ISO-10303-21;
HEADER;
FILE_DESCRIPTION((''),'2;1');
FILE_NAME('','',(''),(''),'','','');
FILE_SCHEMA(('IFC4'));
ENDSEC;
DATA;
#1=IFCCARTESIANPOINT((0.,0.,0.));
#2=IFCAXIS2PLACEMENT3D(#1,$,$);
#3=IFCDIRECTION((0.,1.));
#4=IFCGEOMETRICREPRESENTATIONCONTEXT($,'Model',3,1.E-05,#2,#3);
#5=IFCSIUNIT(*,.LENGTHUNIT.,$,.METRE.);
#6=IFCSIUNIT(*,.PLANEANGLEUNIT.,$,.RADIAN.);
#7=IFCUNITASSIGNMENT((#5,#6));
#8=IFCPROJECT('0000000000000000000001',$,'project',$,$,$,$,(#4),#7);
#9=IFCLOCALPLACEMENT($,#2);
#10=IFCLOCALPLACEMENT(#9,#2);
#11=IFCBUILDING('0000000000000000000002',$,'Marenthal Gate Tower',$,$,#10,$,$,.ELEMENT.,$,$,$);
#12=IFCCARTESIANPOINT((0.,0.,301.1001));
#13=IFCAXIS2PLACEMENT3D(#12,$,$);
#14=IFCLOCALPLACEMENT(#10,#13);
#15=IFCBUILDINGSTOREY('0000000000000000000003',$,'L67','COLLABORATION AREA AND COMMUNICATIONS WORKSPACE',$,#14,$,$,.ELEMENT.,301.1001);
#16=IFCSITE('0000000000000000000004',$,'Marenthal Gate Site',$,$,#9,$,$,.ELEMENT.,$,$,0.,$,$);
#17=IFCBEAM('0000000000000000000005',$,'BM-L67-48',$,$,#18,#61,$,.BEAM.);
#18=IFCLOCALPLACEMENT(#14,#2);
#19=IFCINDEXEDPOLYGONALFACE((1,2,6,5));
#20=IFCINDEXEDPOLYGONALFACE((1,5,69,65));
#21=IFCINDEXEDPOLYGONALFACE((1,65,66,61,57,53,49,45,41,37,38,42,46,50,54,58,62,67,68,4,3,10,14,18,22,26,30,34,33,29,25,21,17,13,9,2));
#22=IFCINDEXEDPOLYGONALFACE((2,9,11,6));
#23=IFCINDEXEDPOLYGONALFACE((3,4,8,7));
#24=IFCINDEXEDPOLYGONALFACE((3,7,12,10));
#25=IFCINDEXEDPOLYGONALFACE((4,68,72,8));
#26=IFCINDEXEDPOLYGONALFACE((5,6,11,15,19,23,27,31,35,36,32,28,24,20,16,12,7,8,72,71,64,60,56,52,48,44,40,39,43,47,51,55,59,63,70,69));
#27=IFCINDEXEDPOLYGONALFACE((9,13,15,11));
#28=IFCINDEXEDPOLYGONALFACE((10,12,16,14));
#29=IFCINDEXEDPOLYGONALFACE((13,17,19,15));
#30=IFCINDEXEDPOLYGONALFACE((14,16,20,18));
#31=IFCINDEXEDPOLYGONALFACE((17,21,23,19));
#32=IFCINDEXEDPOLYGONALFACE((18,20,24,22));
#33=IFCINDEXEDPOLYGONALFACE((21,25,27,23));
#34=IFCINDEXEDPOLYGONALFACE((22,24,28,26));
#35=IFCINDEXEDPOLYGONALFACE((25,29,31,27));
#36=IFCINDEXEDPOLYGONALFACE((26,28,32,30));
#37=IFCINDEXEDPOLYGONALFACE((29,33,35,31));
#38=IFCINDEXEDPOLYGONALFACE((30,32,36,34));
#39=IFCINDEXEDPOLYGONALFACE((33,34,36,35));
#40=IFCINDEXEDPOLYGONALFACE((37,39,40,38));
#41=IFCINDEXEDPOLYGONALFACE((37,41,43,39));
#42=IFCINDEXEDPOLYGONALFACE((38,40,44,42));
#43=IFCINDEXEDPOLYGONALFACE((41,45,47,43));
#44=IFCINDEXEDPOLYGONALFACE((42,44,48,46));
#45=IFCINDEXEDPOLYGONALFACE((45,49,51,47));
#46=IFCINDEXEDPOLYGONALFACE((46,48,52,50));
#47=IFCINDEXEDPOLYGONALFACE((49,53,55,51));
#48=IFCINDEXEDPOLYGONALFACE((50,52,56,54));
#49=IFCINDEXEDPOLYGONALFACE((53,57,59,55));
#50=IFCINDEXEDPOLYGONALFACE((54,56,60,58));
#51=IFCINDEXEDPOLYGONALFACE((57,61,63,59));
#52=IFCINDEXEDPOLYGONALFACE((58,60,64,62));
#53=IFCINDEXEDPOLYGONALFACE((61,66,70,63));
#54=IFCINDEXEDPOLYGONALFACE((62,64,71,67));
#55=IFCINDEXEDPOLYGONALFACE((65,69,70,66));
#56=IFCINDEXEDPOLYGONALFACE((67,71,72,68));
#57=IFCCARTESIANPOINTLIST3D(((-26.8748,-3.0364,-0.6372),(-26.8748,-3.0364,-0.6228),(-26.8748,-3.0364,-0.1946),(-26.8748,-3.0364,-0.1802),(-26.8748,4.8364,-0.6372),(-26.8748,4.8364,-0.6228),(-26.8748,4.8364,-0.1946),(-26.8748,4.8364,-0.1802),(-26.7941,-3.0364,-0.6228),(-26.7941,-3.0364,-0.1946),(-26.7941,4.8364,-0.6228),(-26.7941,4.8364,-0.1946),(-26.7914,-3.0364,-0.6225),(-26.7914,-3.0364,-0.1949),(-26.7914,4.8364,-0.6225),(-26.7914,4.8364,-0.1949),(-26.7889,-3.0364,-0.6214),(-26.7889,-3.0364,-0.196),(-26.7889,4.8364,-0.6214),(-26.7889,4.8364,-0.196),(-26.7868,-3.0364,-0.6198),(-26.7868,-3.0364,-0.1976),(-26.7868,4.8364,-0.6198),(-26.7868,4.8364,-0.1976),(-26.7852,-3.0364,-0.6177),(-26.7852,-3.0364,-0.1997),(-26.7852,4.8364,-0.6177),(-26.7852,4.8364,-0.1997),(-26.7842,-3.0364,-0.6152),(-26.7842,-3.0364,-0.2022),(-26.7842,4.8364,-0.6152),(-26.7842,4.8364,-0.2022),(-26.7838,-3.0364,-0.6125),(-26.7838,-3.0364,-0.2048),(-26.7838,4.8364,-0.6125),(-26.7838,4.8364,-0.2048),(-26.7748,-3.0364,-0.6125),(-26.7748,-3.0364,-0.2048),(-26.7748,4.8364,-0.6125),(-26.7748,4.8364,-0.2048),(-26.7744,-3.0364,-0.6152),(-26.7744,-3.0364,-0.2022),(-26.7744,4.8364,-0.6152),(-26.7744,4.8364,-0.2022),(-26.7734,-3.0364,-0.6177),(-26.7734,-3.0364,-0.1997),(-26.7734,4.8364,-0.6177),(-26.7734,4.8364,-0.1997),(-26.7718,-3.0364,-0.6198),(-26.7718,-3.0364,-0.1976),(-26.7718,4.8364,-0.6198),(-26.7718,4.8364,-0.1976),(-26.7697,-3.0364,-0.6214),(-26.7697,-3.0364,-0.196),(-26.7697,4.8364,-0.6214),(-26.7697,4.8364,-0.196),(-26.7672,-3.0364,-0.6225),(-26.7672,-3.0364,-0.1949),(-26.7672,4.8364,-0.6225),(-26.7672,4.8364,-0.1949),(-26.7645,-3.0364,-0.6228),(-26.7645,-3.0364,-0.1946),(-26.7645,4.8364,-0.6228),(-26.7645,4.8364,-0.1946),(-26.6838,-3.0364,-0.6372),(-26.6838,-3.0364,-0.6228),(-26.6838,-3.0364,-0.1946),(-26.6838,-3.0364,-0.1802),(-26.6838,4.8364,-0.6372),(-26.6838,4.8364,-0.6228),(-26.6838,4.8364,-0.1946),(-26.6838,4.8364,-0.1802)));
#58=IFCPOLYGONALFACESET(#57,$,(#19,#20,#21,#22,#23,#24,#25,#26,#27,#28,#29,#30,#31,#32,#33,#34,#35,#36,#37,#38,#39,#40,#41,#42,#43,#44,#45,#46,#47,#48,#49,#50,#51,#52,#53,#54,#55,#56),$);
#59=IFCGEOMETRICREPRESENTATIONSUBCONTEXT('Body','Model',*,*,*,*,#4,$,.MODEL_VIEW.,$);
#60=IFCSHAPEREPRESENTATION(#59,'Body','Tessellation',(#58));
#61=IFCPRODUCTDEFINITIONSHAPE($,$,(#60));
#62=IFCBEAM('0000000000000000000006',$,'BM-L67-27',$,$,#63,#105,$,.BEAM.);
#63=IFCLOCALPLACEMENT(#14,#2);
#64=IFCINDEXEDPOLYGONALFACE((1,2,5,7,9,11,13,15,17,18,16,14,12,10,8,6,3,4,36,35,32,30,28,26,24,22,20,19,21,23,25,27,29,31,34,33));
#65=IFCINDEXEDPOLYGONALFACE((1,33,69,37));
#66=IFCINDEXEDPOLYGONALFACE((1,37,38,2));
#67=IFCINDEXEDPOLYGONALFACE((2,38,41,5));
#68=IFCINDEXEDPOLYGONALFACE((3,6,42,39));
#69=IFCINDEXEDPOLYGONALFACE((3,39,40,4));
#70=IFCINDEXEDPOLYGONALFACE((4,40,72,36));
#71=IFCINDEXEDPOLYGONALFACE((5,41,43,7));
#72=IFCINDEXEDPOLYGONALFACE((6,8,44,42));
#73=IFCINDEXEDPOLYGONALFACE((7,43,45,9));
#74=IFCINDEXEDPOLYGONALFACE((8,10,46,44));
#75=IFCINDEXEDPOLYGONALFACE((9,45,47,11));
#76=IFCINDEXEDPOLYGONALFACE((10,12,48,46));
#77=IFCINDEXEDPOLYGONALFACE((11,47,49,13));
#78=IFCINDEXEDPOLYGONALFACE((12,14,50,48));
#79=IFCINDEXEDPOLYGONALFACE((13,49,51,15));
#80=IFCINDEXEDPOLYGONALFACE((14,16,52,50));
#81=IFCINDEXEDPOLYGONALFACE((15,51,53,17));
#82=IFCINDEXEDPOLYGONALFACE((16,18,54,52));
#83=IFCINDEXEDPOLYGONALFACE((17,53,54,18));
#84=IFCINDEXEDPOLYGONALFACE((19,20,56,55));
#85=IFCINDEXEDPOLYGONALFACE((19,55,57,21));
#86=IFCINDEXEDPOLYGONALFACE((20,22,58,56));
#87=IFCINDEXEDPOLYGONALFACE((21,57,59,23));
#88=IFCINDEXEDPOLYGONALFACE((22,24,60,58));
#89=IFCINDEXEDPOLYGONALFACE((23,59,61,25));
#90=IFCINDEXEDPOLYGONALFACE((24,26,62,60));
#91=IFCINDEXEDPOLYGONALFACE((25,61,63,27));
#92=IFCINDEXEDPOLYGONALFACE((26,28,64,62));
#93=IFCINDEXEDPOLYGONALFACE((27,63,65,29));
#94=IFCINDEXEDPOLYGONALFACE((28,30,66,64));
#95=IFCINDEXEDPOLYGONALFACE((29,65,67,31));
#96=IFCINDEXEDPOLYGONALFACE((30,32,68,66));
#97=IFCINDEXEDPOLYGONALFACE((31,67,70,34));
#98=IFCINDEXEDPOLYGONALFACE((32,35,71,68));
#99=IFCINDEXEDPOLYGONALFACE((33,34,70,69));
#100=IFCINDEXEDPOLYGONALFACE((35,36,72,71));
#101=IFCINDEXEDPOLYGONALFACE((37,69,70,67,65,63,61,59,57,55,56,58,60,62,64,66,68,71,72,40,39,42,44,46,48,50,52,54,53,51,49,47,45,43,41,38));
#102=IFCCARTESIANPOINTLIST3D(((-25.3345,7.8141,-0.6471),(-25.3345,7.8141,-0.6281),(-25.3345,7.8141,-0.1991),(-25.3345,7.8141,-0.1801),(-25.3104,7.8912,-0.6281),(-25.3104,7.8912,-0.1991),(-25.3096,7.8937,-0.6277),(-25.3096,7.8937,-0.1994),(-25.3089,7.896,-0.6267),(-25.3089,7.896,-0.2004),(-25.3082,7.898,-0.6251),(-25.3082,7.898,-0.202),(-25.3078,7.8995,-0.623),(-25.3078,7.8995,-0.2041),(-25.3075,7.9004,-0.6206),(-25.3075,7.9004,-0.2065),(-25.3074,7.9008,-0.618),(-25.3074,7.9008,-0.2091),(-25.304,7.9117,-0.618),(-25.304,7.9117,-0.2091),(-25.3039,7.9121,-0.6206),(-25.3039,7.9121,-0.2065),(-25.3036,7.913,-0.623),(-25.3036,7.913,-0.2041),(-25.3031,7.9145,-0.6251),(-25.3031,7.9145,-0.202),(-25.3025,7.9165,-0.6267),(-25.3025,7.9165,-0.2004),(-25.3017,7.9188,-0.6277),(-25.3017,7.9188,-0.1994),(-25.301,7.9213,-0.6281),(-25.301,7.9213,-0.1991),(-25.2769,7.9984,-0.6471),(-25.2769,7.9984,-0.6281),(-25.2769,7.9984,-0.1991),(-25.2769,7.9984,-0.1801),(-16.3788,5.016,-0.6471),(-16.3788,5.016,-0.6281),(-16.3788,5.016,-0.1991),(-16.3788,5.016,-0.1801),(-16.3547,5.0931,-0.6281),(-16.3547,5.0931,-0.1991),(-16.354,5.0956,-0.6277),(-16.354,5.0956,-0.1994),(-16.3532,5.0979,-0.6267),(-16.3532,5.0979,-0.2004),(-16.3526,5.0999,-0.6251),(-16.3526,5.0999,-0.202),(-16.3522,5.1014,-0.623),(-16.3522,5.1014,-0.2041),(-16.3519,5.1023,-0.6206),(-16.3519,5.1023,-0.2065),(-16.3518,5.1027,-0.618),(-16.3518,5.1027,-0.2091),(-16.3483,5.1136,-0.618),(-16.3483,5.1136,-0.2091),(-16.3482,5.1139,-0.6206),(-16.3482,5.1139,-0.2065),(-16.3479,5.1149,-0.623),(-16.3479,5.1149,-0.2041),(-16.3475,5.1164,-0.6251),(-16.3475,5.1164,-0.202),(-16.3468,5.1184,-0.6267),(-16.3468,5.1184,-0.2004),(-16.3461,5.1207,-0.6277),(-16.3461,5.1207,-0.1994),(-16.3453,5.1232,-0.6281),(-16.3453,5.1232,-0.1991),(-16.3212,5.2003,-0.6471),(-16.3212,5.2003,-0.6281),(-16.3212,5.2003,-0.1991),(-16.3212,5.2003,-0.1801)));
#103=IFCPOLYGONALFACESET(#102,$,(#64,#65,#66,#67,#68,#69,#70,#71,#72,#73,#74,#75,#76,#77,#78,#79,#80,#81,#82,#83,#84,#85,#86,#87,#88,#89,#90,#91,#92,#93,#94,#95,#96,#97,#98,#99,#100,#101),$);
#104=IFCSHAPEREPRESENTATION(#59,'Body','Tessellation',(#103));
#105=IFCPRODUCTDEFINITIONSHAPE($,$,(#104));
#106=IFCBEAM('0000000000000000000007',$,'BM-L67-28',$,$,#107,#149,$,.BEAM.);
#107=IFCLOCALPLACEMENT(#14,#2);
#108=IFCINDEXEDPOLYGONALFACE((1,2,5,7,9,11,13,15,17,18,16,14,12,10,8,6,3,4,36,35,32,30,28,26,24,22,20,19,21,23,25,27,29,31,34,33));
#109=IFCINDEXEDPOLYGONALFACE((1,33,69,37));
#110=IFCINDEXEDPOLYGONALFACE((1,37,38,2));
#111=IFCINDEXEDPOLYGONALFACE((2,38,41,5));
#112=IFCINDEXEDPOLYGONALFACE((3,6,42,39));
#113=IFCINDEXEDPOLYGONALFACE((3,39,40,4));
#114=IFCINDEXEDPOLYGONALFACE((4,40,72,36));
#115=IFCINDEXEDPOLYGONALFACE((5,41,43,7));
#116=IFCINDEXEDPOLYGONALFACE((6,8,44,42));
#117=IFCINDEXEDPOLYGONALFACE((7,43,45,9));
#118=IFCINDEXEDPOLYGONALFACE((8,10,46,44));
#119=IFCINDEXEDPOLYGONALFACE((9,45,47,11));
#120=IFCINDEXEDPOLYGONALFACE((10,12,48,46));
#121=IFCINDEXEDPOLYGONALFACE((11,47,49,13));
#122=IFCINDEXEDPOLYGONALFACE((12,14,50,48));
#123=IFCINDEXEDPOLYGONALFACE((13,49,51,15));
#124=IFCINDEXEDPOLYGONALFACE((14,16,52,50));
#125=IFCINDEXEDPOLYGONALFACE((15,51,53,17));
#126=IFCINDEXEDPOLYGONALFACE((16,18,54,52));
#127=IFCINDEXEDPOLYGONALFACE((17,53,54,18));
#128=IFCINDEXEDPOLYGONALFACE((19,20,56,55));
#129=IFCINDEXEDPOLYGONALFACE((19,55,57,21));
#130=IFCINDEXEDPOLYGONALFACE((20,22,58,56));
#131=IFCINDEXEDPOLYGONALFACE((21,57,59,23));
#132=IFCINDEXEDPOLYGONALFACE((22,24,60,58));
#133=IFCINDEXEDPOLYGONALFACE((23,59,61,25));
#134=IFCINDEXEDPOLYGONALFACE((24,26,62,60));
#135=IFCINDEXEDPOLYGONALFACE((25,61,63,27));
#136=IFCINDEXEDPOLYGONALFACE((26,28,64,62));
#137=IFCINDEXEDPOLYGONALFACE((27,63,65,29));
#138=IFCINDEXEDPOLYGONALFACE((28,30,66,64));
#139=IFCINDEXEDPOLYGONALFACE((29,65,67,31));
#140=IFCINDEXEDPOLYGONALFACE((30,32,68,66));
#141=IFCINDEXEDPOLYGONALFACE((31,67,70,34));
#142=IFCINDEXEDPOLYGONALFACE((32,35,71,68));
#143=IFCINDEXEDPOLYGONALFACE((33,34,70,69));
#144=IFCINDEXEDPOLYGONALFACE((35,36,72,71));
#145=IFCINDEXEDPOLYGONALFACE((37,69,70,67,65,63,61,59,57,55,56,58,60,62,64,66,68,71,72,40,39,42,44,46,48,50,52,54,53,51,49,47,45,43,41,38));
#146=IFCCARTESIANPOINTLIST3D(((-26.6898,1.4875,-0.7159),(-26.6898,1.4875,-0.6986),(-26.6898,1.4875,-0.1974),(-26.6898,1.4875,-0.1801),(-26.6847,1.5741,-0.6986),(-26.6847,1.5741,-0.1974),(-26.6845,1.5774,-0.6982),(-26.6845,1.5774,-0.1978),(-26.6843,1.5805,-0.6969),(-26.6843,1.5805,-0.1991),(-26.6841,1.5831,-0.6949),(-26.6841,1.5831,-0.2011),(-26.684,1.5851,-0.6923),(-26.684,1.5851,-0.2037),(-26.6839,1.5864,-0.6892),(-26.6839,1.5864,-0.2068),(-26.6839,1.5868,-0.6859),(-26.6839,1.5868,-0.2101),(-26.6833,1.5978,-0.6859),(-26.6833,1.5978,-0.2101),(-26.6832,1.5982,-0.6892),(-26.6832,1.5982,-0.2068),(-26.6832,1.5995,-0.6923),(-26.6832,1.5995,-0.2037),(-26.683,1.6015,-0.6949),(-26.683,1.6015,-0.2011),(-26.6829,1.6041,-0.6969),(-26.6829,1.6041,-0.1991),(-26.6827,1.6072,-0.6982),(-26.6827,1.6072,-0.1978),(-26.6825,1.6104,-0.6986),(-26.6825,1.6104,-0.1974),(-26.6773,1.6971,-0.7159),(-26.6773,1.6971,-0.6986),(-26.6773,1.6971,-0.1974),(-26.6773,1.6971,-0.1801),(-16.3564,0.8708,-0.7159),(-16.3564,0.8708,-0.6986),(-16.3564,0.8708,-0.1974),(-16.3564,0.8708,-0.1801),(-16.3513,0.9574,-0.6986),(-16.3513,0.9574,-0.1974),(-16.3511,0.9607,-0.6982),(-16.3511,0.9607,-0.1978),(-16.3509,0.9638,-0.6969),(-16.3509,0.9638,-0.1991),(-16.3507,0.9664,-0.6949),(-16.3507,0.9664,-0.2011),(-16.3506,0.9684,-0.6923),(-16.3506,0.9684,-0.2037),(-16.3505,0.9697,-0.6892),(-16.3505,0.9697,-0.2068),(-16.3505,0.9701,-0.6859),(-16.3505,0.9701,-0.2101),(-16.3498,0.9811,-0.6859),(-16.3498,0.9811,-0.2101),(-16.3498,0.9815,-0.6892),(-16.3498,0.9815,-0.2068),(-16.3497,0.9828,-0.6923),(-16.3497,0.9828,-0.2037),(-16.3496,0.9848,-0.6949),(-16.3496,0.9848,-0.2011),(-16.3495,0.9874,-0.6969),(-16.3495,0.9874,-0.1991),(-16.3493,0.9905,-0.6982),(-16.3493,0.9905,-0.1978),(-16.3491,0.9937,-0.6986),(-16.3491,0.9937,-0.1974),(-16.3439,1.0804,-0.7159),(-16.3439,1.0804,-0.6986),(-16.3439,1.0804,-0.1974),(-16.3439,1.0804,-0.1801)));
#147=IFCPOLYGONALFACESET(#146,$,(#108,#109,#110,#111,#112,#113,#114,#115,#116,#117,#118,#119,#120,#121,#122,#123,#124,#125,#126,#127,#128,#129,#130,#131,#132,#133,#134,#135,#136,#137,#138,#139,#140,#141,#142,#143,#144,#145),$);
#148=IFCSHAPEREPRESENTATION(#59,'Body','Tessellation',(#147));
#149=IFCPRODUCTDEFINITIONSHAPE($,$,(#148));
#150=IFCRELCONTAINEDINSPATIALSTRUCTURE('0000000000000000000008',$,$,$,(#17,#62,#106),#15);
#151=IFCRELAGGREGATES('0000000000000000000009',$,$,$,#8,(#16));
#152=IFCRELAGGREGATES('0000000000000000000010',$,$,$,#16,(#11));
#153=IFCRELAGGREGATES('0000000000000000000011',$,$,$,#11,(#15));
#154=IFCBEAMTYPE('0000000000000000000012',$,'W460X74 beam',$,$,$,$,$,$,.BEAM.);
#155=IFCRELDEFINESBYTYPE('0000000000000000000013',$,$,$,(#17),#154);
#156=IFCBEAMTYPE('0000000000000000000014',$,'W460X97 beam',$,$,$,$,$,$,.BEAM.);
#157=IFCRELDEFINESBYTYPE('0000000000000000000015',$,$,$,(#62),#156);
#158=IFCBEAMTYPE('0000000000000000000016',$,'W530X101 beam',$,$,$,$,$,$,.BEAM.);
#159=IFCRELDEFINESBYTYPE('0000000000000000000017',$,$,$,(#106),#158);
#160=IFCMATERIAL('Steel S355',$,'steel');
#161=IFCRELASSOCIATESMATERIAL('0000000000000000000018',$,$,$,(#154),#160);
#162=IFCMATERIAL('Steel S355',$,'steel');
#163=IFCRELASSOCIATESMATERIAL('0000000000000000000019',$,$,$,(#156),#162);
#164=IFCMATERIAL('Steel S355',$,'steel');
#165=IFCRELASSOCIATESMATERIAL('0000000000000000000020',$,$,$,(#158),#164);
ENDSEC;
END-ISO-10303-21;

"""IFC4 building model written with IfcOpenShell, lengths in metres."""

from ifc_helpers import new_model, si_unit, direction, frame, origin, origin_2d, place, context, subcontext, project, spatial, i_section, extrude, material, material_profile, profile_set, type_object, element, save


model = new_model("IFC4")

# Units and contexts
model_context = context("Model", 3, precision=1e-05, world=origin(), true_north=direction((0.0, 1.0)))
body_context = subcontext(model_context, "Body", "Model", "MODEL_VIEW")
ifc_project = project(units=[si_unit("LENGTHUNIT", "METRE"), si_unit("PLANEANGLEUNIT", "RADIAN")], contexts=[model_context])

# Site, building, storey
site_placement = place(None, origin())
site = spatial("IfcSite", under=ifc_project, at=site_placement, Name="Marenthal Gate Site", CompositionType="ELEMENT", RefElevation=0.0)
building_placement = place(site_placement, origin())
building = spatial("IfcBuilding", under=site, at=building_placement, Name="Marenthal Gate Tower", CompositionType="ELEMENT")
storey_placement = place(building_placement, frame((0.0, 0.0, 301.1001)))
storey = spatial("IfcBuildingStorey", under=building, at=storey_placement, Name="L67", Description="COLLABORATION AREA AND COMMUNICATIONS WORKSPACE", CompositionType="ELEMENT", Elevation=301.1001)

# Beams
ifc_material_1 = material(Name="Steel S355", Category="steel")
ifc_material_profile_1 = material_profile(ifc_material_1, i_section(OverallWidth=0.1909, OverallDepth=0.457, WebThickness=0.009, FlangeThickness=0.0144, FilletRadius=0.0103, at=origin_2d()), Name="W460X74")
ifc_profile_set_1 = profile_set([ifc_material_profile_1], Name="Steel S355")
beam_type_1 = type_object("IfcBeamType", Name="W460X74 beam", PredefinedType="BEAM", material=ifc_profile_set_1)
beam_1_placement = place(storey_placement, frame((-26.7793, 4.8364, -0.4087), z_axis=(0.0, -1.0, 0.0), x_axis=(1.0, 0.0, 0.0)))
element("IfcBeam", 1, at=beam_1_placement, inside=storey, type_object=beam_type_1, Name="BM-L67-48", PredefinedType="BEAM", context=body_context, shape_type="SweptSolid", body=[
    extrude(i_section(OverallWidth=0.1909, OverallDepth=0.457, WebThickness=0.009, FlangeThickness=0.0144, FilletRadius=0.0103, at=origin_2d()), origin(), (0.0, 0.0, 1.0), 7.8728),
])
ifc_material_2 = material(Name="Steel S355", Category="steel")
ifc_material_profile_2 = material_profile(ifc_material_2, i_section(OverallWidth=0.1931, OverallDepth=0.467, WebThickness=0.0115, FlangeThickness=0.019, FilletRadius=0.01, at=origin_2d()), Name="W460X97")
ifc_profile_set_2 = profile_set([ifc_material_profile_2], Name="Steel S355")
beam_type_2 = type_object("IfcBeamType", Name="W460X97 beam", PredefinedType="BEAM", material=ifc_profile_set_2)
beam_2_placement = place(storey_placement, frame((-25.3057, 7.9062, -0.4136), z_axis=(0.954496, -0.298225, 0.0), x_axis=(0.298225, 0.954496, 0.0)))
element("IfcBeam", 2, at=beam_2_placement, inside=storey, type_object=beam_type_2, Name="BM-L67-27", PredefinedType="BEAM", context=body_context, shape_type="SweptSolid", body=[
    extrude(i_section(OverallWidth=0.1931, OverallDepth=0.467, WebThickness=0.0115, FlangeThickness=0.019, FilletRadius=0.01, at=origin_2d()), origin(), (0.0, 0.0, 1.0), 9.3826),
])
ifc_material_3 = material(Name="Steel S355", Category="steel")
ifc_material_profile_3 = material_profile(ifc_material_3, i_section(OverallWidth=0.21, OverallDepth=0.5359, WebThickness=0.011, FlangeThickness=0.0173, FilletRadius=0.0127, at=origin_2d()), Name="W530X101")
ifc_profile_set_3 = profile_set([ifc_material_profile_3], Name="Steel S355")
beam_type_3 = type_object("IfcBeamType", Name="W530X101 beam", PredefinedType="BEAM", material=ifc_profile_set_3)
beam_3_placement = place(storey_placement, frame((-26.6836, 1.5923, -0.448), z_axis=(0.998224, -0.059574, 0.0), x_axis=(0.059574, 0.998224, 0.0)))
element("IfcBeam", 3, at=beam_3_placement, inside=storey, type_object=beam_type_3, Name="BM-L67-28", PredefinedType="BEAM", context=body_context, shape_type="SweptSolid", body=[
    extrude(i_section(OverallWidth=0.21, OverallDepth=0.5359, WebThickness=0.011, FlangeThickness=0.0173, FilletRadius=0.0127, at=origin_2d()), origin(), (0.0, 0.0, 1.0), 10.3518),
])

save(model, "model.ifc")
